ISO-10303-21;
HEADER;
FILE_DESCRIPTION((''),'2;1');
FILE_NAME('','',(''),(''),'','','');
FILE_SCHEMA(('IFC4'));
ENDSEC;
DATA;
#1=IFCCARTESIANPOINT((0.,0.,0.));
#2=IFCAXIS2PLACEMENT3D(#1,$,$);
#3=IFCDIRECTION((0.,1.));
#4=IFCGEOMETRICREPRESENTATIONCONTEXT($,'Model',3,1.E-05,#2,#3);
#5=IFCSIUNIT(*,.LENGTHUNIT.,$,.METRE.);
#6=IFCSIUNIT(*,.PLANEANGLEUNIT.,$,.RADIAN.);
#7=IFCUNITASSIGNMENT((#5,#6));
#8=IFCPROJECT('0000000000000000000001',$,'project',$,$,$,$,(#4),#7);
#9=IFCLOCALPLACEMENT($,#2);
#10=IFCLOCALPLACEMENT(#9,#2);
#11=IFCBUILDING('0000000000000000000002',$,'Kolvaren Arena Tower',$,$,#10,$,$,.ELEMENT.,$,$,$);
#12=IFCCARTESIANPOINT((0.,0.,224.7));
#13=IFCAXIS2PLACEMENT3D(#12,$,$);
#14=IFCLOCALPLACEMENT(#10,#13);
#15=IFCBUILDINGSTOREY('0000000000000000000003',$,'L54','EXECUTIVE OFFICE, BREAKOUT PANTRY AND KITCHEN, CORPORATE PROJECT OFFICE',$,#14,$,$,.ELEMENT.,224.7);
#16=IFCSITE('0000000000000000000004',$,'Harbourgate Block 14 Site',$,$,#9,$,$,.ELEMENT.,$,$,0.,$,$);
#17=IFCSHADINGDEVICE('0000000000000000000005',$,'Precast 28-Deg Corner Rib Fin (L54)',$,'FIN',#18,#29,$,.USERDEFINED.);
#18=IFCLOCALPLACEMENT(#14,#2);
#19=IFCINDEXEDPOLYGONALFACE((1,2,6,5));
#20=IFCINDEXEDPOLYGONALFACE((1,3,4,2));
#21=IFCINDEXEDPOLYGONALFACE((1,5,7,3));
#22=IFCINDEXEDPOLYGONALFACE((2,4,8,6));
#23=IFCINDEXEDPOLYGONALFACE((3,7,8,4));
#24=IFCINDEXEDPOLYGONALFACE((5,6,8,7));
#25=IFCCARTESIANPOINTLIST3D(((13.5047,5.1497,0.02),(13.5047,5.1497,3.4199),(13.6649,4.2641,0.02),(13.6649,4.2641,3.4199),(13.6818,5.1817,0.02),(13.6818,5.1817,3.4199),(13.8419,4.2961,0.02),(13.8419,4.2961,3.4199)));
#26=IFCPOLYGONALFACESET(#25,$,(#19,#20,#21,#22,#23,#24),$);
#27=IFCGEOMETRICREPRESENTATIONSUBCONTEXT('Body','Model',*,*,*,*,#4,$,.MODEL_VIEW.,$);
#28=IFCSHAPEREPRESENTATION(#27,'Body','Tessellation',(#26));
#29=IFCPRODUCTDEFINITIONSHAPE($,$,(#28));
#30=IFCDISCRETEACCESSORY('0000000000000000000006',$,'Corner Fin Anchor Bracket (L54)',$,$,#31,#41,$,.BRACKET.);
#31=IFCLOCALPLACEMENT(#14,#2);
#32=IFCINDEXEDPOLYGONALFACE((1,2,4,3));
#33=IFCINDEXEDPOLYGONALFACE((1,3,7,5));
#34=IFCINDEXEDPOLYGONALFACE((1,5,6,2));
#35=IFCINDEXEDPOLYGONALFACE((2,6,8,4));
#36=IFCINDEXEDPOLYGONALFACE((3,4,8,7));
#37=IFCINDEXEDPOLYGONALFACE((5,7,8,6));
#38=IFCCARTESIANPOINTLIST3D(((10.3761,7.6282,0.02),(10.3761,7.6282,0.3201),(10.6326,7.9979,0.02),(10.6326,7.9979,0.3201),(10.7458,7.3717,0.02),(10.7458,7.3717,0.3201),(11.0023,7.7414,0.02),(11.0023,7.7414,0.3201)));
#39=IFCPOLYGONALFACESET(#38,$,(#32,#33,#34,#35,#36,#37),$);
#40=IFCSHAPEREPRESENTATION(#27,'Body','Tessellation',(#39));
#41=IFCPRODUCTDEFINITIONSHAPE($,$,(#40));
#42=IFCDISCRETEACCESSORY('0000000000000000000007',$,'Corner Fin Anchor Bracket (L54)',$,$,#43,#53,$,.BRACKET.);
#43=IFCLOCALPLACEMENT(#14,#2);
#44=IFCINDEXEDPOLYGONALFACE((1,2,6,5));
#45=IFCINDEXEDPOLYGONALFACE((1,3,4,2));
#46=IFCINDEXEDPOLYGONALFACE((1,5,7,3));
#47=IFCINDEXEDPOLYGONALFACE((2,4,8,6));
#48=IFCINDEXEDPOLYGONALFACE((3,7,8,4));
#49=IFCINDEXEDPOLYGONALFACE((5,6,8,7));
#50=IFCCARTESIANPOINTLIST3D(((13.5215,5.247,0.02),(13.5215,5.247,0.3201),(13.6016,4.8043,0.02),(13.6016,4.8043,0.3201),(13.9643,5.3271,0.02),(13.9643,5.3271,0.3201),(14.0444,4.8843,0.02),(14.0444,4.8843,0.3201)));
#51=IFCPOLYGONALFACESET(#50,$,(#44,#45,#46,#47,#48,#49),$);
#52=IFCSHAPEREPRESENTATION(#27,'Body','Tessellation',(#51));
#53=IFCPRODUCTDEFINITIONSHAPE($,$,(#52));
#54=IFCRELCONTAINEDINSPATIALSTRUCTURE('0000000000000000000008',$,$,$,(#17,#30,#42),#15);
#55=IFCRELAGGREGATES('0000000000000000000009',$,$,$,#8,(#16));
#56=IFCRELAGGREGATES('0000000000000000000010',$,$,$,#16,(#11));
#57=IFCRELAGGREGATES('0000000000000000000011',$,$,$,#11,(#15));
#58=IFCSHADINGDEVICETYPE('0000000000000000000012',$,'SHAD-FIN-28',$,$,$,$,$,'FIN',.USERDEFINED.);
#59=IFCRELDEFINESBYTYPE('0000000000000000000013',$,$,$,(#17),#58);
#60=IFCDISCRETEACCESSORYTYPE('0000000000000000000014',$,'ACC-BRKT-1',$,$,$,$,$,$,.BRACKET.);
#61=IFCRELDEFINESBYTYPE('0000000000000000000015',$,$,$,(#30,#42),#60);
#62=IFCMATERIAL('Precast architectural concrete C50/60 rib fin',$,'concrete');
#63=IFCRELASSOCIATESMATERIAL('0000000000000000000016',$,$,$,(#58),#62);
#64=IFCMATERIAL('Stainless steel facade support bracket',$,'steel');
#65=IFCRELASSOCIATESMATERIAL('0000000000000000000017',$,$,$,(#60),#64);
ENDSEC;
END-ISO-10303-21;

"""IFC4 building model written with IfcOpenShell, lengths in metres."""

from ifc_helpers import new_model, si_unit, direction, frame, origin, origin_2d, place, context, subcontext, project, spatial, rectangle, extrude, material, type_object, element, save


model = new_model("IFC4")

# Units and contexts
model_context = context("Model", 3, precision=1e-05, world=origin(), true_north=direction((0.0, 1.0)))
body_context = subcontext(model_context, "Body", "Model", "MODEL_VIEW")
ifc_project = project(units=[si_unit("LENGTHUNIT", "METRE"), si_unit("PLANEANGLEUNIT", "RADIAN")], contexts=[model_context])

# Site, building, storey
site_placement = place(None, origin())
site = spatial("IfcSite", under=ifc_project, at=site_placement, Name="Harbourgate Block 14 Site", CompositionType="ELEMENT", RefElevation=0.0)
building_placement = place(site_placement, origin())
building = spatial("IfcBuilding", under=site, at=building_placement, Name="Kolvaren Arena Tower", CompositionType="ELEMENT")
storey_placement = place(building_placement, frame((0.0, 0.0, 224.7)))
storey = spatial("IfcBuildingStorey", under=building, at=storey_placement, Name="L54", Description="EXECUTIVE OFFICE, BREAKOUT PANTRY AND KITCHEN, CORPORATE PROJECT OFFICE", CompositionType="ELEMENT", Elevation=224.7)

# Shading device
ifc_material_1 = material(Name="Precast architectural concrete C50/60 rib fin", Category="concrete")
shading_device_type = type_object("IfcShadingDeviceType", Name="SHAD-FIN-28", ElementType="FIN", PredefinedType="USERDEFINED", material=ifc_material_1)
for number, where, z_axis, x_axis, name in (
    (1, (13.6733, 4.7229, 0.02), (0.0, 0.0, 1.0), (0.177966, -0.984037, 0.0), "Precast 28-Deg Corner Rib Fin (L54)"),
):
    element("IfcShadingDevice", number, at=place(storey_placement, frame(where, z_axis=z_axis, x_axis=x_axis)), inside=storey, type_object=shading_device_type, Name=name, ObjectType="FIN", PredefinedType="USERDEFINED", context=body_context, shape_type="SweptSolid", body=[
        extrude(rectangle(XDim=0.8999, YDim=0.1799, at=origin_2d()), origin(), (0.0, 0.0, 1.0), 3.3999),
    ])

# Discrete accessories
ifc_material_2 = material(Name="Stainless steel facade support bracket", Category="steel")
discrete_accessory_type = type_object("IfcDiscreteAccessoryType", Name="ACC-BRKT-1", PredefinedType="BRACKET", material=ifc_material_2)
for number, where, z_axis, x_axis, name in (
    (2, (10.6892, 7.6848, 0.02), (0.0, 0.0, 1.0), (-0.569965, -0.821669, 0.0), "Corner Fin Anchor Bracket (L54)"),
    (3, (13.783, 5.0657, 0.02), (0.0, 0.0, 1.0), (0.177966, -0.984037, 0.0), "Corner Fin Anchor Bracket (L54)"),
):
    element("IfcDiscreteAccessory", number, at=place(storey_placement, frame(where, z_axis=z_axis, x_axis=x_axis)), inside=storey, type_object=discrete_accessory_type, Name=name, PredefinedType="BRACKET", context=body_context, shape_type="SweptSolid", body=[
        extrude(rectangle(XDim=0.45, YDim=0.45, at=origin_2d()), origin(), (0.0, 0.0, 1.0), 0.3),
    ])

save(model, "model.ifc")
